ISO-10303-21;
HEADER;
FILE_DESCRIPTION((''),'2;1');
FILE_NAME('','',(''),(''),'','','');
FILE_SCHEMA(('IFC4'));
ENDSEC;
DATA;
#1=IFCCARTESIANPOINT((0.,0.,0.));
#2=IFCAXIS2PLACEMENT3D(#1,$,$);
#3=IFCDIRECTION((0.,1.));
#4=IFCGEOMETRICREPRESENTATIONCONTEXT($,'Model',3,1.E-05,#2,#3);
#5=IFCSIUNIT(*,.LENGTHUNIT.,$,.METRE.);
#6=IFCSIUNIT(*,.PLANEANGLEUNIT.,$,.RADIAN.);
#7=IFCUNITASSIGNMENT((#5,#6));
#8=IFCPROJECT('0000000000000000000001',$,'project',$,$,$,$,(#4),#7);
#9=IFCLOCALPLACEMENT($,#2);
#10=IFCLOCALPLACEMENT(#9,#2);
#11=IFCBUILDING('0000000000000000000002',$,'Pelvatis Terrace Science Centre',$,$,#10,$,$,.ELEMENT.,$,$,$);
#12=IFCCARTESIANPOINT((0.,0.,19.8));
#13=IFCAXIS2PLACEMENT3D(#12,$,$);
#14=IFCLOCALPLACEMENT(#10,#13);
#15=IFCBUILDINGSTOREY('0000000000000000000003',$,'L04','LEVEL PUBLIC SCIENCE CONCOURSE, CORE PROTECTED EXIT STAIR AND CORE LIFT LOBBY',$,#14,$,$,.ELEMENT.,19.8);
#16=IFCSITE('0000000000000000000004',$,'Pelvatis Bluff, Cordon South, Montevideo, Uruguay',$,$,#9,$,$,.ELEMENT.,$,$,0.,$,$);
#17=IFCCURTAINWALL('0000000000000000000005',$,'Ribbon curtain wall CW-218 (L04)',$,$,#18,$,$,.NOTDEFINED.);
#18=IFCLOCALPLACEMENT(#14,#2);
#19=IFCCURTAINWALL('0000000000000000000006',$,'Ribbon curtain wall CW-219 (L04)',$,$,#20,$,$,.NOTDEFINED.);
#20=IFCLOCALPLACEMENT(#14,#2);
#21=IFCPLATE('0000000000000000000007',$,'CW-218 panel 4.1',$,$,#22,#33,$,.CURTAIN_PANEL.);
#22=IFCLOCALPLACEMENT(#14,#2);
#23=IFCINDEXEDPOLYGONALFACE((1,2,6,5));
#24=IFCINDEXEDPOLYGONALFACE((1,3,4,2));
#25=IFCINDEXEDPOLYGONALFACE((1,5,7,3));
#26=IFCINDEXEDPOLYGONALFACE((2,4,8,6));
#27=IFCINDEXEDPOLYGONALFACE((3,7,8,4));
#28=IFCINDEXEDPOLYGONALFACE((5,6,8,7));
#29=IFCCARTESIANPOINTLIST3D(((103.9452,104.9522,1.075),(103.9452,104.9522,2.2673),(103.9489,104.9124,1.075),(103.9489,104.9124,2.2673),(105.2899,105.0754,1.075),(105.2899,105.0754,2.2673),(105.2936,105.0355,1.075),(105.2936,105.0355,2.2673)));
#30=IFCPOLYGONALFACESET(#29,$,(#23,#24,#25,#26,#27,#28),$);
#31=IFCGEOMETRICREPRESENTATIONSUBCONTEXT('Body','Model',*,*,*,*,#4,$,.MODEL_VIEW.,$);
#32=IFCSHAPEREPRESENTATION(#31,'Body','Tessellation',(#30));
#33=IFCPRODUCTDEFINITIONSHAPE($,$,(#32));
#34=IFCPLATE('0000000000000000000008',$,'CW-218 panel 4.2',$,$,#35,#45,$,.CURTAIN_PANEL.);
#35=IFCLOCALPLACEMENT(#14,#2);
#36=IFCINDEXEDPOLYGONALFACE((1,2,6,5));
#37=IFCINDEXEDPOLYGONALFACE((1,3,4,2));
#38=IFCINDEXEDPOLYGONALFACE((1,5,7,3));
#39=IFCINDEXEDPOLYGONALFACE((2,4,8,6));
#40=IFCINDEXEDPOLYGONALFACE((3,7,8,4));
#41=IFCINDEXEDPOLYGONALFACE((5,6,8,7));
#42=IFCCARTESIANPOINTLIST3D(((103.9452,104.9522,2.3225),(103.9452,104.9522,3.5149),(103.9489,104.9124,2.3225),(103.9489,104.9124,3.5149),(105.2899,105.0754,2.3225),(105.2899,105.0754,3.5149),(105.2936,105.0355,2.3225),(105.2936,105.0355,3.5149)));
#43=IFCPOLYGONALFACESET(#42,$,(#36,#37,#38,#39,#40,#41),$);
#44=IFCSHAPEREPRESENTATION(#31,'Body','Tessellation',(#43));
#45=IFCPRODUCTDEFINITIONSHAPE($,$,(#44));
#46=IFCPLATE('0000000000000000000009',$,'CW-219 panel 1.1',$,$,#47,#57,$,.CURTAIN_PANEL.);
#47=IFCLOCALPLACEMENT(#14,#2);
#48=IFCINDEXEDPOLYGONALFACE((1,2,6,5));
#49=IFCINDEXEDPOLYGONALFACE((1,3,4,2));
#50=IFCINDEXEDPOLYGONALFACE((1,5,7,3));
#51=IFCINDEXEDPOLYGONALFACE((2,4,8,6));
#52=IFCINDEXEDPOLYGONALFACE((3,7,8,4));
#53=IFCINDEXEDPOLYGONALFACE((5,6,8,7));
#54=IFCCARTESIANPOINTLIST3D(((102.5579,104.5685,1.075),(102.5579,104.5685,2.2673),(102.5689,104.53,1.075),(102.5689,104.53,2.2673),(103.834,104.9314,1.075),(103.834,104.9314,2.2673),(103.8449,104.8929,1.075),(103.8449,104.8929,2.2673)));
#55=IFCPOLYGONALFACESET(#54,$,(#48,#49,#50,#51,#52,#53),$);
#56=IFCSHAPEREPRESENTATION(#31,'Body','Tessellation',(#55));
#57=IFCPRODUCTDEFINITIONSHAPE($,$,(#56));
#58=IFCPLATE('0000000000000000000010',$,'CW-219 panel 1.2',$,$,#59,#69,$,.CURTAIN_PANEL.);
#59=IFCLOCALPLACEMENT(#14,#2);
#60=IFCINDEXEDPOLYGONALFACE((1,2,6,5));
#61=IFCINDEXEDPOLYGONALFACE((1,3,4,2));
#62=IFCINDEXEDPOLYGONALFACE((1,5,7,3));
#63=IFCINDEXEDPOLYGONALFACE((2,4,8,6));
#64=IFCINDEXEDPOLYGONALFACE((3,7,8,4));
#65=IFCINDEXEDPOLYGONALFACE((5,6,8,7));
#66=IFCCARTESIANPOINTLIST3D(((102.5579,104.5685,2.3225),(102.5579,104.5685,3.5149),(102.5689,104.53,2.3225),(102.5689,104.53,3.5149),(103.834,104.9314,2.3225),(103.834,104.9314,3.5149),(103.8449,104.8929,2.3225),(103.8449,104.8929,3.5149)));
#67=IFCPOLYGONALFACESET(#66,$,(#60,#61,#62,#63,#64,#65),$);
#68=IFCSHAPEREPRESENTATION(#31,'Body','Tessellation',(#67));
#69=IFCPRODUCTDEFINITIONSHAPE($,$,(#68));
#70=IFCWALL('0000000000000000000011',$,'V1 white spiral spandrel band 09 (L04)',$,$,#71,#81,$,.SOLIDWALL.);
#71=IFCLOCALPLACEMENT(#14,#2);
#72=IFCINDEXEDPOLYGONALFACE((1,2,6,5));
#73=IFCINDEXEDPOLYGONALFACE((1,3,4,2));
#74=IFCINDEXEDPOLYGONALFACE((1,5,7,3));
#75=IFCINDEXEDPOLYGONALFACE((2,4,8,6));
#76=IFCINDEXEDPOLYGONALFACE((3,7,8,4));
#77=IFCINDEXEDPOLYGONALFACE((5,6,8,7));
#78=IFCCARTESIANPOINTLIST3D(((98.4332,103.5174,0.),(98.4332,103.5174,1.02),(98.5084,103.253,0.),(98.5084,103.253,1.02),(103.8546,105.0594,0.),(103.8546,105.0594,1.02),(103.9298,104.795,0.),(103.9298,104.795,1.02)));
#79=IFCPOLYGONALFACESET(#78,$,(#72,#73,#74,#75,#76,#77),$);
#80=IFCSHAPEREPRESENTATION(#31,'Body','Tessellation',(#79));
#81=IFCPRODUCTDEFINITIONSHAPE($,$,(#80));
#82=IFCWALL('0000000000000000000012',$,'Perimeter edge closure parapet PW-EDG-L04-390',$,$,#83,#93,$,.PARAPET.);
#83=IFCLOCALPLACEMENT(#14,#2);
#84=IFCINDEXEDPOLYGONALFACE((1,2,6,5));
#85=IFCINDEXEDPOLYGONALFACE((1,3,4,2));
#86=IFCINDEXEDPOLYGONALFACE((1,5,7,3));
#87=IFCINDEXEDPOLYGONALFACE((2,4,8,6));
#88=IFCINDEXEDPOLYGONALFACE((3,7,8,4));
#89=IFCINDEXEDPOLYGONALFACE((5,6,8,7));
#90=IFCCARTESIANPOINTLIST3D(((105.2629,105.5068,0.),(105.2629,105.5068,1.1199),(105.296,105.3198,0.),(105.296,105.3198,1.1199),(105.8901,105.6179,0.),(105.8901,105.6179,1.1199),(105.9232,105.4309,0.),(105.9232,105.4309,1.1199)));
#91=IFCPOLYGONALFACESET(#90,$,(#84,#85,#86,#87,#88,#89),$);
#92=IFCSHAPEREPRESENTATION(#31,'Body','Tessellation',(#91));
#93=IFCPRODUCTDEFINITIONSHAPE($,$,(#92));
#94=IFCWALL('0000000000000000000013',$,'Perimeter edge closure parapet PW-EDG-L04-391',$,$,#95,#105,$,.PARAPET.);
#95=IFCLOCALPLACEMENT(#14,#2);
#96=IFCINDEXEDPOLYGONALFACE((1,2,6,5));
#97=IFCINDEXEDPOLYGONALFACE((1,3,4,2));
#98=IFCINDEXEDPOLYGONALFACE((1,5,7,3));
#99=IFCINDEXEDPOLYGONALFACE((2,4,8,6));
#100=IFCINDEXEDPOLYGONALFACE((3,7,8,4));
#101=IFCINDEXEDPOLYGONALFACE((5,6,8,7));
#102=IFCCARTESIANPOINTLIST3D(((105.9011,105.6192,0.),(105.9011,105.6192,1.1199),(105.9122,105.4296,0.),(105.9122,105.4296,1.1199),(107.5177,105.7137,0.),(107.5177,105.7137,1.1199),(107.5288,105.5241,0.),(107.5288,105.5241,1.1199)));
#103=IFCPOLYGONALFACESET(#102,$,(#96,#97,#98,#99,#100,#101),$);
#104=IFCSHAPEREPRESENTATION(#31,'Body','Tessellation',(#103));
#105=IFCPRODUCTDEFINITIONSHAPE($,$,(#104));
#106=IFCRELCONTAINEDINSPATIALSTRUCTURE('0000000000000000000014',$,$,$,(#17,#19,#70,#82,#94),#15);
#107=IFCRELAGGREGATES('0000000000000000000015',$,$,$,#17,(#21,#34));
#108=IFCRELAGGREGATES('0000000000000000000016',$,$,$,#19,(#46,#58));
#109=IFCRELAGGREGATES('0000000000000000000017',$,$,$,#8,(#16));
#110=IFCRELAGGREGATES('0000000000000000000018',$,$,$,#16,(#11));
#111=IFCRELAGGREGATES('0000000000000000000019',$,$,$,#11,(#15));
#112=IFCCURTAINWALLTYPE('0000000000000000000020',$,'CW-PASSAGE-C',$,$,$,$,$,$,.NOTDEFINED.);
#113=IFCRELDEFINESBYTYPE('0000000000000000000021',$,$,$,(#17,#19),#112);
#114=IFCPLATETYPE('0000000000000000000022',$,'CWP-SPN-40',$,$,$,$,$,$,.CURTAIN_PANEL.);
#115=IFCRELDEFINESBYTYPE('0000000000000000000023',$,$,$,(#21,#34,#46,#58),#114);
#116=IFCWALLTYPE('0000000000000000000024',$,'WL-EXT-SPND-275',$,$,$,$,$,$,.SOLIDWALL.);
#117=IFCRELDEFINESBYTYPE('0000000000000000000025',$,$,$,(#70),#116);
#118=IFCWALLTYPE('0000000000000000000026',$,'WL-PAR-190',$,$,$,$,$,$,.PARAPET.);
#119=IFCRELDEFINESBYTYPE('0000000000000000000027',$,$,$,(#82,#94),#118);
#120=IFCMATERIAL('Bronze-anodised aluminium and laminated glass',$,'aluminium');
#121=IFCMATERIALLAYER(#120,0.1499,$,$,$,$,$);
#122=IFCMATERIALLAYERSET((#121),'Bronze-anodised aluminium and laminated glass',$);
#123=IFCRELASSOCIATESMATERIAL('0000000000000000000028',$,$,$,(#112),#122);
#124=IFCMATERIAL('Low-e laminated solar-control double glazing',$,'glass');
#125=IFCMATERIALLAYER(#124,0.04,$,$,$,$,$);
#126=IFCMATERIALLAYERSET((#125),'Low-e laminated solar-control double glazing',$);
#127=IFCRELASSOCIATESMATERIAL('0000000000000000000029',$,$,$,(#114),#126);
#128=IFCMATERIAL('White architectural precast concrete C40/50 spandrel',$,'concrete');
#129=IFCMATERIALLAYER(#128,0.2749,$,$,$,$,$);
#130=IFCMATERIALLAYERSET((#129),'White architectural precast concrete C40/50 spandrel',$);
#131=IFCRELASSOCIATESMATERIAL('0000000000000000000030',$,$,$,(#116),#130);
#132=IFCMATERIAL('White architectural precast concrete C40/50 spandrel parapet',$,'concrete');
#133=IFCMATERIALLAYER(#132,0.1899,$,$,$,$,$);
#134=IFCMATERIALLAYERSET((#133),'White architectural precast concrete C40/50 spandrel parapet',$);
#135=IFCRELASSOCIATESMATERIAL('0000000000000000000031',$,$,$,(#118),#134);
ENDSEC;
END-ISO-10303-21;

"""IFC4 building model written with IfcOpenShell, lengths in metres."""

from ifc_helpers import new_model, si_unit, direction, frame, frame_2d, origin, origin_2d, place, context, subcontext, project, spatial, rectangle, extrude, material, layer, layer_set, type_object, element, aggregate, save


model = new_model("IFC4")

# Units and contexts
model_context = context("Model", 3, precision=1e-05, world=origin(), true_north=direction((0.0, 1.0)))
body_context = subcontext(model_context, "Body", "Model", "MODEL_VIEW")
ifc_project = project(units=[si_unit("LENGTHUNIT", "METRE"), si_unit("PLANEANGLEUNIT", "RADIAN")], contexts=[model_context])

# Site, building, storey
site_placement = place(None, origin())
site = spatial("IfcSite", under=ifc_project, at=site_placement, Name="Pelvatis Bluff, Cordon South, Montevideo, Uruguay", CompositionType="ELEMENT", RefElevation=0.0)
building_placement = place(site_placement, origin())
building = spatial("IfcBuilding", under=site, at=building_placement, Name="Pelvatis Terrace Science Centre", CompositionType="ELEMENT")
storey_placement = place(building_placement, frame((0.0, 0.0, 19.8)))
storey = spatial("IfcBuildingStorey", under=building, at=storey_placement, Name="L04", Description="LEVEL PUBLIC SCIENCE CONCOURSE, CORE PROTECTED EXIT STAIR AND CORE LIFT LOBBY", CompositionType="ELEMENT", Elevation=19.8)

# Curtain walls
ifc_material_1 = material(Name="Bronze-anodised aluminium and laminated glass", Category="aluminium")
ifc_layer_1 = layer(ifc_material_1, 0.1499)
ifc_layer_set_1 = layer_set([ifc_layer_1], Name="Bronze-anodised aluminium and laminated glass")
curtain_wall_type = type_object("IfcCurtainWallType", Name="CW-PASSAGE-C", PredefinedType="NOTDEFINED", material=ifc_layer_set_1)
curtain_wall_1_placement = place(storey_placement, origin())
curtain_wall_1 = element("IfcCurtainWall", 1, at=curtain_wall_1_placement, inside=storey, type_object=curtain_wall_type, Name="Ribbon curtain wall CW-218 (L04)", PredefinedType="NOTDEFINED")
curtain_wall_2_placement = place(storey_placement, origin())
curtain_wall_2 = element("IfcCurtainWall", 2, at=curtain_wall_2_placement, inside=storey, type_object=curtain_wall_type, Name="Ribbon curtain wall CW-219 (L04)", PredefinedType="NOTDEFINED")

# Plates
ifc_material_2 = material(Name="Low-e laminated solar-control double glazing", Category="glass")
ifc_layer_2 = layer(ifc_material_2, 0.04)
ifc_layer_set_2 = layer_set([ifc_layer_2], Name="Low-e laminated solar-control double glazing")
plate_type = type_object("IfcPlateType", Name="CWP-SPN-40", PredefinedType="CURTAIN_PANEL", material=ifc_layer_set_2)
plate_1_placement = place(storey_placement, frame((104.6194, 104.9939, 1.075), z_axis=(0.0, 0.0, 1.0), x_axis=(-0.995831, -0.091214, 0.0)))
plate_1 = element("IfcPlate", 3, at=plate_1_placement, type_object=plate_type, Name="CW-218 panel 4.1", PredefinedType="CURTAIN_PANEL", context=body_context, shape_type="SweptSolid", body=[
    extrude(rectangle(XDim=1.3503, YDim=0.04, at=origin_2d()), origin(), (0.0, 0.0, 1.0), 1.1924),
])
plate_2_placement = place(storey_placement, frame((104.6194, 104.9939, 2.3225), z_axis=(0.0, 0.0, 1.0), x_axis=(-0.995831, -0.091214, 0.0)))
plate_2 = element("IfcPlate", 4, at=plate_2_placement, type_object=plate_type, Name="CW-218 panel 4.2", PredefinedType="CURTAIN_PANEL", context=body_context, shape_type="SweptSolid", body=[
    extrude(rectangle(XDim=1.3503, YDim=0.04, at=origin_2d()), origin(), (0.0, 0.0, 1.0), 1.1924),
])
aggregate(curtain_wall_1, [plate_1, plate_2])
plate_3_placement = place(storey_placement, frame((103.2014, 104.7307, 1.075), z_axis=(0.0, 0.0, 1.0), x_axis=(-0.96185, -0.273577, 0.0)))
plate_3 = element("IfcPlate", 5, at=plate_3_placement, type_object=plate_type, Name="CW-219 panel 1.1", PredefinedType="CURTAIN_PANEL", context=body_context, shape_type="SweptSolid", body=[
    extrude(rectangle(XDim=1.3267, YDim=0.04, at=origin_2d()), origin(), (0.0, 0.0, 1.0), 1.1924),
])
plate_4_placement = place(storey_placement, frame((103.2014, 104.7307, 2.3225), z_axis=(0.0, 0.0, 1.0), x_axis=(-0.96185, -0.273577, 0.0)))
plate_4 = element("IfcPlate", 6, at=plate_4_placement, type_object=plate_type, Name="CW-219 panel 1.2", PredefinedType="CURTAIN_PANEL", context=body_context, shape_type="SweptSolid", body=[
    extrude(rectangle(XDim=1.3267, YDim=0.04, at=origin_2d()), origin(), (0.0, 0.0, 1.0), 1.1924),
])
aggregate(curtain_wall_2, [plate_3, plate_4])

# Walls
ifc_material_3 = material(Name="White architectural precast concrete C40/50 spandrel", Category="concrete")
ifc_layer_3 = layer(ifc_material_3, 0.2749)
ifc_layer_set_3 = layer_set([ifc_layer_3], Name="White architectural precast concrete C40/50 spandrel")
wall_type_1 = type_object("IfcWallType", Name="WL-EXT-SPND-275", PredefinedType="SOLIDWALL", material=ifc_layer_set_3)
wall_1_placement = place(storey_placement, frame((103.8923, 104.9272, 0.0), z_axis=(0.0, 0.0, 1.0), x_axis=(-0.96185, -0.273577, 0.0)))
element("IfcWall", 7, at=wall_1_placement, inside=storey, type_object=wall_type_1, Name="V1 white spiral spandrel band 09 (L04)", PredefinedType="SOLIDWALL", context=body_context, shape_type="SweptSolid", body=[
    extrude(rectangle(XDim=5.6365, YDim=0.2749, at=frame_2d((2.8184, 0.0))), origin(), (0.0, 0.0, 1.0), 1.02),
])
ifc_material_4 = material(Name="White architectural precast concrete C40/50 spandrel parapet", Category="concrete")
ifc_layer_4 = layer(ifc_material_4, 0.1899)
ifc_layer_set_4 = layer_set([ifc_layer_4], Name="White architectural precast concrete C40/50 spandrel parapet")
wall_type_2 = type_object("IfcWallType", Name="WL-PAR-190", PredefinedType="PARAPET", material=ifc_layer_set_4)
wall_2_placement = place(storey_placement, frame((105.2795, 105.4133, 0.0), z_axis=(0.0, 0.0, 1.0), x_axis=(0.984675, 0.174398, 0.0)))
element("IfcWall", 8, at=wall_2_placement, inside=storey, type_object=wall_type_2, Name="Perimeter edge closure parapet PW-EDG-L04-390", PredefinedType="PARAPET", context=body_context, shape_type="SweptSolid", body=[
    extrude(rectangle(XDim=0.637, YDim=0.1899, at=frame_2d((0.3184, 0.0))), origin(), (0.0, 0.0, 1.0), 1.1199),
])
wall_3_placement = place(storey_placement, frame((105.9067, 105.5244, 0.0), z_axis=(0.0, 0.0, 1.0), x_axis=(0.998297, 0.058342, 0.0)))
element("IfcWall", 9, at=wall_3_placement, inside=storey, type_object=wall_type_2, Name="Perimeter edge closure parapet PW-EDG-L04-391", PredefinedType="PARAPET", context=body_context, shape_type="SweptSolid", body=[
    extrude(rectangle(XDim=1.6194, YDim=0.1899, at=frame_2d((0.8096, 0.0))), origin(), (0.0, 0.0, 1.0), 1.1199),
])

save(model, "model.ifc")
